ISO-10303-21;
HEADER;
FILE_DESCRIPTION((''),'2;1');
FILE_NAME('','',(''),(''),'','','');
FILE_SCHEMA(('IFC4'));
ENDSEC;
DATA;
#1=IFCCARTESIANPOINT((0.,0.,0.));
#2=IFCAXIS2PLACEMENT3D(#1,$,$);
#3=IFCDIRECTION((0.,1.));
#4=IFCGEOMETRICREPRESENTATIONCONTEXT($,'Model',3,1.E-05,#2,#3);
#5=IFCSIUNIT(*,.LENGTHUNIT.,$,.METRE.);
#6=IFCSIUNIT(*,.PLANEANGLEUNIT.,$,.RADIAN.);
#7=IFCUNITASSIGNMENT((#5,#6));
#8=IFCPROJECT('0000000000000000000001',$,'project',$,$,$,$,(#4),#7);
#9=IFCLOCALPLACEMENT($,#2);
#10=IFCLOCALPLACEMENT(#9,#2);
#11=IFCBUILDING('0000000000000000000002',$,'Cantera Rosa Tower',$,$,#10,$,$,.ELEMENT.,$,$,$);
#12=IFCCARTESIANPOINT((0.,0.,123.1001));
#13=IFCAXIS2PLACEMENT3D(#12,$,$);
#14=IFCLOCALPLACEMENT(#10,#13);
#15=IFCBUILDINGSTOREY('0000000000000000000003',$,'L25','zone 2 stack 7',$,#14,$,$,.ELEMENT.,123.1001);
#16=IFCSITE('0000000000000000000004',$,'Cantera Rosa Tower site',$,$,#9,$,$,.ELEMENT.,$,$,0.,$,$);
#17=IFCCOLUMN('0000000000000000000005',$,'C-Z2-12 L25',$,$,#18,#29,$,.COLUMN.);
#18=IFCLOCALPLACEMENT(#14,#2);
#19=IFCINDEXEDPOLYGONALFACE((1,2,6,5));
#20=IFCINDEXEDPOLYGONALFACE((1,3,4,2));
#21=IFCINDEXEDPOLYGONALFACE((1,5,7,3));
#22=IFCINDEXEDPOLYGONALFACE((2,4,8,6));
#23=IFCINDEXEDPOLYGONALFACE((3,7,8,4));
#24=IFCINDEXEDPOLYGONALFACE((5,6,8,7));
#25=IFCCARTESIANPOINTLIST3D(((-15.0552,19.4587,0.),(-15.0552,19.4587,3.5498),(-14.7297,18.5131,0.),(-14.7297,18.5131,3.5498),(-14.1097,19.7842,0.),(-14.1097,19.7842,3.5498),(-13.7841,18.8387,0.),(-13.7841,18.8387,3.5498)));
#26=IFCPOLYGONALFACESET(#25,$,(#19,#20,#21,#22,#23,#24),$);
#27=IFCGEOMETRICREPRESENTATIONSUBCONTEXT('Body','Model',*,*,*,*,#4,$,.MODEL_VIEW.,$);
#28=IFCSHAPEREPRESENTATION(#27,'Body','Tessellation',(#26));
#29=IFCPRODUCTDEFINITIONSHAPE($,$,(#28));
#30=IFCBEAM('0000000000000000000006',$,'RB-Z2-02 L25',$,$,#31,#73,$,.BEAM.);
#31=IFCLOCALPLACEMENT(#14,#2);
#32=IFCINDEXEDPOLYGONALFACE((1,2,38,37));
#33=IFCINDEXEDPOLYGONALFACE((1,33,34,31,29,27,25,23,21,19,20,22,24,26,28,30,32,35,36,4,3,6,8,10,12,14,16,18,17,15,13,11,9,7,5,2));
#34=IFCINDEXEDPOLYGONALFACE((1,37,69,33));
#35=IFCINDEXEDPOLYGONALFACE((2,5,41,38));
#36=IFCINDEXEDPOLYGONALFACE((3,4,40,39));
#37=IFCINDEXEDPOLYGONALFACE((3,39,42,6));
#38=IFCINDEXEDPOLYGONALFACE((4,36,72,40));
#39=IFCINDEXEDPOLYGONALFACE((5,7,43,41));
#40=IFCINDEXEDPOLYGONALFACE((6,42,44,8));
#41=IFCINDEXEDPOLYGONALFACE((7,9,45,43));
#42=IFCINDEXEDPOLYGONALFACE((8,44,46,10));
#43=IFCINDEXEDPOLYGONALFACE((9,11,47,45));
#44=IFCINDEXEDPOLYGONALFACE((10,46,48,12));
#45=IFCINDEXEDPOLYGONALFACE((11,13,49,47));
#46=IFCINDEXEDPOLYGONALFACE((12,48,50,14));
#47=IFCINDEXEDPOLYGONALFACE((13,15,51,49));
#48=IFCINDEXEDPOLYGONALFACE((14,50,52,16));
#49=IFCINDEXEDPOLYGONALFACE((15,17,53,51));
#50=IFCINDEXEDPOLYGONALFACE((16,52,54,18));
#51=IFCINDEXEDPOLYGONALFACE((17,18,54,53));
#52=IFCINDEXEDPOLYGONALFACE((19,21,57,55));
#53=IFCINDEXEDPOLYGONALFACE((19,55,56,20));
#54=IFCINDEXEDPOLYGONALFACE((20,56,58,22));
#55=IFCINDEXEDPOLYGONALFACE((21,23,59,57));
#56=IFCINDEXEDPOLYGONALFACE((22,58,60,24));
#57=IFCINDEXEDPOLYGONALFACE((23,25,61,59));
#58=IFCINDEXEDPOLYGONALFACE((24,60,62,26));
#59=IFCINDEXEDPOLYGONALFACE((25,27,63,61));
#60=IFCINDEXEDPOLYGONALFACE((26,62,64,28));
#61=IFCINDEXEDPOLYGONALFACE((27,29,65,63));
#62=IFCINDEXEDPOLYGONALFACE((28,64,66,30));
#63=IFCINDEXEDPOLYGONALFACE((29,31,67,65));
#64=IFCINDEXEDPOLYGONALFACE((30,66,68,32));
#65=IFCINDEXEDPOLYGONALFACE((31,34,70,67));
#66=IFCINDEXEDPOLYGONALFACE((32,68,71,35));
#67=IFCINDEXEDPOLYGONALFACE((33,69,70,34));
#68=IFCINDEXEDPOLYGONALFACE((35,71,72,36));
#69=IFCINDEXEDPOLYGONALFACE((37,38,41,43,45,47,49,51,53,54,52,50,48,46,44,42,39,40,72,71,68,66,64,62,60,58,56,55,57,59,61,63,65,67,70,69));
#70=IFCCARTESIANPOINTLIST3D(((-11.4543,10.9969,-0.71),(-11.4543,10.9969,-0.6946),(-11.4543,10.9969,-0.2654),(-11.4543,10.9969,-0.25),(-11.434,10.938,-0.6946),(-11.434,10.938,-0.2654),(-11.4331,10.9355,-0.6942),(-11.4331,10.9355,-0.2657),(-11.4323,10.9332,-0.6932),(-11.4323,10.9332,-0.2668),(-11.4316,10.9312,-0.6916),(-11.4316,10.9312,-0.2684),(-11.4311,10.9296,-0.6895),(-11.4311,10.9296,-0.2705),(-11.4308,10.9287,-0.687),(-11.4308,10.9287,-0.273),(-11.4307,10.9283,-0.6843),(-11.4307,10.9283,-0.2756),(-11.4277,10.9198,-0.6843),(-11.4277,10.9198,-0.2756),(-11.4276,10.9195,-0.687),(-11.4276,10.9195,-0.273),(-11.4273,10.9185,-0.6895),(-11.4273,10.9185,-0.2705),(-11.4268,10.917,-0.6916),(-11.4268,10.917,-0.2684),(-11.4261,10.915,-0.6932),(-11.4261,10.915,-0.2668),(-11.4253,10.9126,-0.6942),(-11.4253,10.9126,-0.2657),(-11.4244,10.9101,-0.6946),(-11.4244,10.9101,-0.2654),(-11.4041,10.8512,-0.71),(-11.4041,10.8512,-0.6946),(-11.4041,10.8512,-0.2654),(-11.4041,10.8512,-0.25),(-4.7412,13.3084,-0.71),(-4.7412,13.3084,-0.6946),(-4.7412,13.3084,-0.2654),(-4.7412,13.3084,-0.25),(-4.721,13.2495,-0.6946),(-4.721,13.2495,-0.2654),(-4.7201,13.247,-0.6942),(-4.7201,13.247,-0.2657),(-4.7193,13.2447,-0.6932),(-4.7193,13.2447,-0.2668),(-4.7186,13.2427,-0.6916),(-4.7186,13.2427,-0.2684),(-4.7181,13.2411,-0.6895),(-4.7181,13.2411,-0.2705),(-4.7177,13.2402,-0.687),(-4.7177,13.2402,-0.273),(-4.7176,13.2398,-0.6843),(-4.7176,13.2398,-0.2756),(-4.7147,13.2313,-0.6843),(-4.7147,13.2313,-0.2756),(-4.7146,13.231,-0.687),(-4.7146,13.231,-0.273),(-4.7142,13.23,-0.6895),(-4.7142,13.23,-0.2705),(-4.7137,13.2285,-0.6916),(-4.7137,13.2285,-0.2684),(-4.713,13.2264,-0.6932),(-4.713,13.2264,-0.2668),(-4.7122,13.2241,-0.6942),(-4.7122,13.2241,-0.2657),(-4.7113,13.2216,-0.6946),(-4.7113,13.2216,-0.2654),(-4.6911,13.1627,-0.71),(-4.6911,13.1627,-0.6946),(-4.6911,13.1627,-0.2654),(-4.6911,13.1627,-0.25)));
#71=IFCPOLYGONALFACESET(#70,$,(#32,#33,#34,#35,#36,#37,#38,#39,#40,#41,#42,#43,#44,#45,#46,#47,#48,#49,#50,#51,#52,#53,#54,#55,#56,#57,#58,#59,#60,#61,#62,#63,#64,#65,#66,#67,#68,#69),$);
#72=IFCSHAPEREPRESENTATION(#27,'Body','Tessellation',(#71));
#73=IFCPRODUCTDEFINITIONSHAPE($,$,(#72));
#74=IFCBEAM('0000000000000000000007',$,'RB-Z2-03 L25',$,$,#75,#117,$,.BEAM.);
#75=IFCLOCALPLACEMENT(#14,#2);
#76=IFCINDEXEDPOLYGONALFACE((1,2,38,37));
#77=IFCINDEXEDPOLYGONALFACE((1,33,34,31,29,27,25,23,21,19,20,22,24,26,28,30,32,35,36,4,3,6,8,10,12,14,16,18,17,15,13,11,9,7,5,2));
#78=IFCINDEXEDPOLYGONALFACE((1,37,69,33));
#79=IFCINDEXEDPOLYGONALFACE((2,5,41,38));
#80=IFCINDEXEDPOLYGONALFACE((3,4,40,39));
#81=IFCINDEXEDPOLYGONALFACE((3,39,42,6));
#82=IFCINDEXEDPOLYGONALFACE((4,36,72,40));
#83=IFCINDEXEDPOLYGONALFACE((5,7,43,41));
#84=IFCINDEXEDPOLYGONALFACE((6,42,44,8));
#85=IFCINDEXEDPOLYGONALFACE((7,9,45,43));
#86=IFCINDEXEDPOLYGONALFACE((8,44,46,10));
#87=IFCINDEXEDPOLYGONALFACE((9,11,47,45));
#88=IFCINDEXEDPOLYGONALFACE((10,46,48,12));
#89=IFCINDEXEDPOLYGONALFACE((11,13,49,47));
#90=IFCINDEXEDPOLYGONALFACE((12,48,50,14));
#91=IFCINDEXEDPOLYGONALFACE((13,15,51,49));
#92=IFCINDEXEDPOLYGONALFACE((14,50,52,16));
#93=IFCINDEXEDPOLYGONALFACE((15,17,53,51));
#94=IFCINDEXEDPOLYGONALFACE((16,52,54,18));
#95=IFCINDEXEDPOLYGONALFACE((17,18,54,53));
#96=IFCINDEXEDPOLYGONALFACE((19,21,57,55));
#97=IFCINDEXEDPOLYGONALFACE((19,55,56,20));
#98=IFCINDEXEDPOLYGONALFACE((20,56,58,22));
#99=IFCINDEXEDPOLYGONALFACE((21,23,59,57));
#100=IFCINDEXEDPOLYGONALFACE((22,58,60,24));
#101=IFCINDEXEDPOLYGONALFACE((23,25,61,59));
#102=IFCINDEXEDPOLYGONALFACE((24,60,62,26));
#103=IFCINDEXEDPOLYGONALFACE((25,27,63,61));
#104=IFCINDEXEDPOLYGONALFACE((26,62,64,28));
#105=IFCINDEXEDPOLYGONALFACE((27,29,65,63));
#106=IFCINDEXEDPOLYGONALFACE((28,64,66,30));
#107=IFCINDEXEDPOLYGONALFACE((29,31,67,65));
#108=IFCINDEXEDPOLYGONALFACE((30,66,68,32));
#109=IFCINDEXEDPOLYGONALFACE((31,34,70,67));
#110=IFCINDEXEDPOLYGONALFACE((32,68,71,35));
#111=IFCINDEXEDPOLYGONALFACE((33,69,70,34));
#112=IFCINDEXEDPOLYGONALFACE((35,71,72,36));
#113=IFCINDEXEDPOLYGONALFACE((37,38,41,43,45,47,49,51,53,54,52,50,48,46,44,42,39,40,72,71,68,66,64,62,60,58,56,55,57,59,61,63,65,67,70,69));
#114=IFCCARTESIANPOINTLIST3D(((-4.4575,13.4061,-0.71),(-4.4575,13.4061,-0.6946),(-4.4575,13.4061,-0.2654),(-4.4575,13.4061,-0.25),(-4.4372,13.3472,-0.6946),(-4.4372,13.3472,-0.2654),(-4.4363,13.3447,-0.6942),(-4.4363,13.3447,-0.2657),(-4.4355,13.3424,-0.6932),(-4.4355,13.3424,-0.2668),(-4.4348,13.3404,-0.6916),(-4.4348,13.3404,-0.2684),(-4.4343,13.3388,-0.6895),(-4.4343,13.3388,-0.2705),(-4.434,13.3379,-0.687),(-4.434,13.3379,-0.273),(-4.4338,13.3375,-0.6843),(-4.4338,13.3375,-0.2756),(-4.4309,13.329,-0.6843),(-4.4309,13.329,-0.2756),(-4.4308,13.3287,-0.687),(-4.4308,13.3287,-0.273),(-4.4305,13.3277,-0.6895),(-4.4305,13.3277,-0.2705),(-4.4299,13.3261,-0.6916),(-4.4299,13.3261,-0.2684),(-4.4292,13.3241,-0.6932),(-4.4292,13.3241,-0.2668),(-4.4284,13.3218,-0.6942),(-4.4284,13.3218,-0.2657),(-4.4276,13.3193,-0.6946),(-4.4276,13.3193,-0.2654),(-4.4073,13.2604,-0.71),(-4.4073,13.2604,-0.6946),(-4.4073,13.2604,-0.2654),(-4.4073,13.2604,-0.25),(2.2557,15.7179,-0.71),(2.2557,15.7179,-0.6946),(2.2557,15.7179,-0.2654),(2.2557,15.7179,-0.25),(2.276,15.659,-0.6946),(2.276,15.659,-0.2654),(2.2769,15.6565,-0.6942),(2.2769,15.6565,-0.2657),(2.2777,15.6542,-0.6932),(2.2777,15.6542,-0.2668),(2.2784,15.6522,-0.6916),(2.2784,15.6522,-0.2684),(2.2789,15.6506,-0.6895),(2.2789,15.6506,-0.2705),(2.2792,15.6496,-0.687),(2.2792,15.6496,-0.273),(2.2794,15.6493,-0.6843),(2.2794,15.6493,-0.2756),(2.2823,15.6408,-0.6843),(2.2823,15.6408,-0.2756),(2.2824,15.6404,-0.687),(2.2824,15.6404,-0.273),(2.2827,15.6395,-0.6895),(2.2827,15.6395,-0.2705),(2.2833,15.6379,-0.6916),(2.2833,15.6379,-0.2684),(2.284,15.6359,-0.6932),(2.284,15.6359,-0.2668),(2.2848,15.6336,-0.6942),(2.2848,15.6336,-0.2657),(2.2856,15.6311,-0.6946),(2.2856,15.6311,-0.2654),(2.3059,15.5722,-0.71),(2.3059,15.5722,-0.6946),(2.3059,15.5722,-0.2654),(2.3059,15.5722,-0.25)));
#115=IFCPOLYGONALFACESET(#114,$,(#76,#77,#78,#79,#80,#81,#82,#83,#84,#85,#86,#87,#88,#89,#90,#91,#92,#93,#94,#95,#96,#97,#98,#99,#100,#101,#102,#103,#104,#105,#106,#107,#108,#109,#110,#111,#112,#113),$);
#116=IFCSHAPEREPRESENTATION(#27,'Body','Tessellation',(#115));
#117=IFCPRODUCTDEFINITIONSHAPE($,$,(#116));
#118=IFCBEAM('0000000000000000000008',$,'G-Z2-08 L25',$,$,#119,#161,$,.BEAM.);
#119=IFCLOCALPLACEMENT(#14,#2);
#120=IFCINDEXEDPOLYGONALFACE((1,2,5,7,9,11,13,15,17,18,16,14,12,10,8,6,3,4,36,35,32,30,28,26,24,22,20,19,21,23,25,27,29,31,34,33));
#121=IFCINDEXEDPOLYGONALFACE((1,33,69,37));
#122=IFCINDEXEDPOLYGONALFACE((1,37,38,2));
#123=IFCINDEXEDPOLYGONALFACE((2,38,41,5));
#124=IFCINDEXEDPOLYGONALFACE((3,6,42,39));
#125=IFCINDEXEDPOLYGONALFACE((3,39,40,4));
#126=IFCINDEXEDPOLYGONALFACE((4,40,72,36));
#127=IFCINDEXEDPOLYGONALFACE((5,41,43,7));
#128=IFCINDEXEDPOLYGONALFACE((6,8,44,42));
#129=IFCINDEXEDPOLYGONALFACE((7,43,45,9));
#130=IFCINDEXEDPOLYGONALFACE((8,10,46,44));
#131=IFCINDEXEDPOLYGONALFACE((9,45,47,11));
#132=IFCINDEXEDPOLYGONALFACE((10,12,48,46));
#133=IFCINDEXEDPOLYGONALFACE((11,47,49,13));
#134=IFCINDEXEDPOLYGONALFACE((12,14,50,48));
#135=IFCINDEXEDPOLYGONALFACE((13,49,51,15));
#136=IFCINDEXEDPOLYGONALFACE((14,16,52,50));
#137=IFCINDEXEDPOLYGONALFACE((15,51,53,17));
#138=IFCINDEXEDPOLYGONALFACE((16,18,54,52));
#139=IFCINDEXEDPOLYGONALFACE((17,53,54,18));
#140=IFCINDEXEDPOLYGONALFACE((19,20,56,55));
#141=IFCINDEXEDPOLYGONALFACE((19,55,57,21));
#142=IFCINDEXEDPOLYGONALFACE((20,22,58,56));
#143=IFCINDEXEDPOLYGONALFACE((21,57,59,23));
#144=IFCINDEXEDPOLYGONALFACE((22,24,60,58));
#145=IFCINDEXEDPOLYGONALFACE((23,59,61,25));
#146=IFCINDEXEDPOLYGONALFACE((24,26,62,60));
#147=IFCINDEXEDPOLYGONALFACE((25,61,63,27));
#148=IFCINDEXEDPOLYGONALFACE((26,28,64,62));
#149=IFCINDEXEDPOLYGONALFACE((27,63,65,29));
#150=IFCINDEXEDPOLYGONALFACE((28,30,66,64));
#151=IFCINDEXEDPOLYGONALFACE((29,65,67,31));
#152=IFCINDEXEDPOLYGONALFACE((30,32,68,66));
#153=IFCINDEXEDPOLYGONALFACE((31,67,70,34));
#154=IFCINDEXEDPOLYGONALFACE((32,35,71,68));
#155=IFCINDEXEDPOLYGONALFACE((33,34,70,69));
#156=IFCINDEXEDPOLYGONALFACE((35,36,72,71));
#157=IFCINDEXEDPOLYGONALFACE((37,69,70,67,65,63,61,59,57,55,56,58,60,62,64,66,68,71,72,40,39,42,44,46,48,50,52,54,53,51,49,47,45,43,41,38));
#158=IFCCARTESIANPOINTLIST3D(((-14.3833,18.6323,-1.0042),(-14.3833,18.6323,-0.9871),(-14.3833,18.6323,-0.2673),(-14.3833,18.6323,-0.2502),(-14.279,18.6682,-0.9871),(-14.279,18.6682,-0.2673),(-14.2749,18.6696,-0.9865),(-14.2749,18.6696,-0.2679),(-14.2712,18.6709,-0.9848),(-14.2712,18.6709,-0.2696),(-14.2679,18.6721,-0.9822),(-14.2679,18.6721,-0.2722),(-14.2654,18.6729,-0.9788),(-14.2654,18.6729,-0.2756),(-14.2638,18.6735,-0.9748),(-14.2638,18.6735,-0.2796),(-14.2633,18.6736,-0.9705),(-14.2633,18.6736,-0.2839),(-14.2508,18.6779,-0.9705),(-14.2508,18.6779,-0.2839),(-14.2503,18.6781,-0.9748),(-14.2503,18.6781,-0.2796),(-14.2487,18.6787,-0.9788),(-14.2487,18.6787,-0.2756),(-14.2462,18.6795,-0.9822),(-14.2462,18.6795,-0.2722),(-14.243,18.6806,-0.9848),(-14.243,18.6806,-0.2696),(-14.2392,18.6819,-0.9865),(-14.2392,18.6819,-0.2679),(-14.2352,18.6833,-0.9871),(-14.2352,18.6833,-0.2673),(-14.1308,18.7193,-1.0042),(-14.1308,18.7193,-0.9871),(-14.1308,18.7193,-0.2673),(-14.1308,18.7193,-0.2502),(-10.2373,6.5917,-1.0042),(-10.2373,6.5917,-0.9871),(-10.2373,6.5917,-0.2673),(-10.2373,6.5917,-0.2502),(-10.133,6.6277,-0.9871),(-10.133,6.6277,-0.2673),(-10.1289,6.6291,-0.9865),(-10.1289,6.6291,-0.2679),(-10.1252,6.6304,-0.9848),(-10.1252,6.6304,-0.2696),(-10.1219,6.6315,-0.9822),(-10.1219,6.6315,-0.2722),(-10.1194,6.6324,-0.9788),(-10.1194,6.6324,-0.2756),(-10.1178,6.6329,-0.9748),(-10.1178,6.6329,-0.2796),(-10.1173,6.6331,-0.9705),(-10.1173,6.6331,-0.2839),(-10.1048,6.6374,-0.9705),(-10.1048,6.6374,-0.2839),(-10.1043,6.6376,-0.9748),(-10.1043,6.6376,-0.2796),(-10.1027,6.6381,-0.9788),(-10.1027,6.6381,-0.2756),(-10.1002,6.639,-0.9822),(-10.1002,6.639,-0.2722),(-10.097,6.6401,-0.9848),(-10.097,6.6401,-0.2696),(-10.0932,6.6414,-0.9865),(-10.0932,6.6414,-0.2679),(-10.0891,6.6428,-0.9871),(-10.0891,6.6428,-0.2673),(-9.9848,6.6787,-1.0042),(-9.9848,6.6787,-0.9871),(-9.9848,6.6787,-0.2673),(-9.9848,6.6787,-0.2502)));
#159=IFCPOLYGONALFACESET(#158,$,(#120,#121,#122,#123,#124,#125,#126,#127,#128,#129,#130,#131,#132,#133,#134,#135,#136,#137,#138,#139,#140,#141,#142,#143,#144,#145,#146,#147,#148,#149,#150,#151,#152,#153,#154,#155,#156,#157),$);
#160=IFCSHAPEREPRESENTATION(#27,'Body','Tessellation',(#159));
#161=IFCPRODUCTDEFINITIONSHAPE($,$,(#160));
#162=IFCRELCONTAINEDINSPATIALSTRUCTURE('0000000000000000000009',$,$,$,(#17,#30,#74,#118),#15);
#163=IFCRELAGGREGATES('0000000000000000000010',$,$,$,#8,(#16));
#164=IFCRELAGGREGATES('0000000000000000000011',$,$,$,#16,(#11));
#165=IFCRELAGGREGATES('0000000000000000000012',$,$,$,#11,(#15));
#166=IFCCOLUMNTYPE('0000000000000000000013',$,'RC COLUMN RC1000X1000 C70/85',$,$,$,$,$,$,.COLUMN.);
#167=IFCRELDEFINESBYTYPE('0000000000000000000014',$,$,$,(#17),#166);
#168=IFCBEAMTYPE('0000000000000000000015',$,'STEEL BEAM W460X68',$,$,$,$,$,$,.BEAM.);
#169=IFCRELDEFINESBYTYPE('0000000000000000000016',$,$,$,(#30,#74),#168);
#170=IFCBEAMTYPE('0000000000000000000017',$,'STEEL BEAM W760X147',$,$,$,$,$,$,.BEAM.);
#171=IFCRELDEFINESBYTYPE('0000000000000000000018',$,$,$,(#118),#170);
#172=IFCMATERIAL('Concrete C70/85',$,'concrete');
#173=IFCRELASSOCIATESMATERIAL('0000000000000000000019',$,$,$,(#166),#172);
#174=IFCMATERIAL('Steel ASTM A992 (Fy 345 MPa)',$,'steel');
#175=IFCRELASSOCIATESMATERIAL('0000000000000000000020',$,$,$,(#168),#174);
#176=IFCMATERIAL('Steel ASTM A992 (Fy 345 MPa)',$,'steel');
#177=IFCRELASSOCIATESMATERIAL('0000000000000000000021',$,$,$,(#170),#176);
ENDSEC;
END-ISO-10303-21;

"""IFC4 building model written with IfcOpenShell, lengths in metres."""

from ifc_helpers import new_model, si_unit, direction, frame, origin, origin_2d, place, context, subcontext, project, spatial, rectangle, i_section, extrude, material, material_profile, profile_set, type_object, element, save


model = new_model("IFC4")

# Units and contexts
model_context = context("Model", 3, precision=1e-05, world=origin(), true_north=direction((0.0, 1.0)))
body_context = subcontext(model_context, "Body", "Model", "MODEL_VIEW")
ifc_project = project(units=[si_unit("LENGTHUNIT", "METRE"), si_unit("PLANEANGLEUNIT", "RADIAN")], contexts=[model_context])

# Site, building, storey
site_placement = place(None, origin())
site = spatial("IfcSite", under=ifc_project, at=site_placement, Name="Cantera Rosa Tower site", CompositionType="ELEMENT", RefElevation=0.0)
building_placement = place(site_placement, origin())
building = spatial("IfcBuilding", under=site, at=building_placement, Name="Cantera Rosa Tower", CompositionType="ELEMENT")
storey_placement = place(building_placement, frame((0.0, 0.0, 123.1001)))
storey = spatial("IfcBuildingStorey", under=building, at=storey_placement, Name="L25", Description="zone 2 stack 7", CompositionType="ELEMENT", Elevation=123.1001)

# Column
ifc_material_1 = material(Name="Concrete C70/85", Category="concrete")
ifc_material_profile_1 = material_profile(ifc_material_1, rectangle(XDim=1.0, YDim=1.0, at=origin_2d()), Name="RC COLUMN RC1000X1000 C70/85")
ifc_profile_set_1 = profile_set([ifc_material_profile_1], Name="Concrete C70/85")
column_type = type_object("IfcColumnType", Name="RC COLUMN RC1000X1000 C70/85", PredefinedType="COLUMN", material=ifc_profile_set_1)
column_placement = place(storey_placement, frame((-14.4197, 19.1487, 0.0), z_axis=(0.0, 0.0, 1.0), x_axis=(0.945519, 0.325568, 0.0)))
element("IfcColumn", 1, at=column_placement, inside=storey, type_object=column_type, Name="C-Z2-12 L25", PredefinedType="COLUMN", context=body_context, shape_type="SweptSolid", body=[
    extrude(rectangle(XDim=1.0, YDim=1.0, at=origin_2d()), origin(), (0.0, 0.0, 1.0), 3.5498),
])

# Beams
ifc_material_2 = material(Name="Steel ASTM A992 (Fy 345 MPa)", Category="steel")
ifc_material_profile_2 = material_profile(ifc_material_2, i_section(OverallWidth=0.1541, OverallDepth=0.46, WebThickness=0.009, FlangeThickness=0.0154, FilletRadius=0.0103, at=origin_2d()), Name="W460X68")
ifc_profile_set_2 = profile_set([ifc_material_profile_2], Name="Steel ASTM A992 (Fy 345 MPa)")
beam_type_1 = type_object("IfcBeamType", Name="STEEL BEAM W460X68", PredefinedType="BEAM", material=ifc_profile_set_2)
beam_1_placement = place(storey_placement, frame((-11.4292, 10.9241, -0.48), z_axis=(0.945518, 0.325569, 0.0), x_axis=(-0.325569, 0.945518, 0.0)))
element("IfcBeam", 2, at=beam_1_placement, inside=storey, type_object=beam_type_1, Name="RB-Z2-02 L25", PredefinedType="BEAM", context=body_context, shape_type="SweptSolid", body=[
    extrude(i_section(OverallWidth=0.1541, OverallDepth=0.46, WebThickness=0.009, FlangeThickness=0.0154, FilletRadius=0.0103, at=origin_2d()), origin(), (0.0, 0.0, 1.0), 7.0999),
])
beam_2_placement = place(storey_placement, frame((-4.4324, 13.3333, -0.48), z_axis=(0.945508, 0.3256, 0.0), x_axis=(-0.3256, 0.945508, 0.0)))
element("IfcBeam", 3, at=beam_2_placement, inside=storey, type_object=beam_type_1, Name="RB-Z2-03 L25", PredefinedType="BEAM", context=body_context, shape_type="SweptSolid", body=[
    extrude(i_section(OverallWidth=0.1541, OverallDepth=0.46, WebThickness=0.009, FlangeThickness=0.0154, FilletRadius=0.0103, at=origin_2d()), origin(), (0.0, 0.0, 1.0), 7.1001),
])
ifc_material_3 = material(Name="Steel ASTM A992 (Fy 345 MPa)", Category="steel")
ifc_material_profile_3 = material_profile(ifc_material_3, i_section(OverallWidth=0.2671, OverallDepth=0.7539, WebThickness=0.0132, FlangeThickness=0.0171, FilletRadius=0.0166, at=origin_2d()), Name="W760X147")
ifc_profile_set_3 = profile_set([ifc_material_profile_3], Name="Steel ASTM A992 (Fy 345 MPa)")
beam_type_2 = type_object("IfcBeamType", Name="STEEL BEAM W760X147", PredefinedType="BEAM", material=ifc_profile_set_3)
beam_3_placement = place(storey_placement, frame((-14.2571, 18.6758, -0.6272), z_axis=(0.325576, -0.945516, 0.0), x_axis=(0.945516, 0.325576, 0.0)))
element("IfcBeam", 4, at=beam_3_placement, inside=storey, type_object=beam_type_2, Name="G-Z2-08 L25", PredefinedType="BEAM", context=body_context, shape_type="SweptSolid", body=[
    extrude(i_section(OverallWidth=0.2671, OverallDepth=0.7539, WebThickness=0.0132, FlangeThickness=0.0171, FilletRadius=0.0166, at=origin_2d()), origin(), (0.0, 0.0, 1.0), 12.7344),
])

save(model, "model.ifc")
